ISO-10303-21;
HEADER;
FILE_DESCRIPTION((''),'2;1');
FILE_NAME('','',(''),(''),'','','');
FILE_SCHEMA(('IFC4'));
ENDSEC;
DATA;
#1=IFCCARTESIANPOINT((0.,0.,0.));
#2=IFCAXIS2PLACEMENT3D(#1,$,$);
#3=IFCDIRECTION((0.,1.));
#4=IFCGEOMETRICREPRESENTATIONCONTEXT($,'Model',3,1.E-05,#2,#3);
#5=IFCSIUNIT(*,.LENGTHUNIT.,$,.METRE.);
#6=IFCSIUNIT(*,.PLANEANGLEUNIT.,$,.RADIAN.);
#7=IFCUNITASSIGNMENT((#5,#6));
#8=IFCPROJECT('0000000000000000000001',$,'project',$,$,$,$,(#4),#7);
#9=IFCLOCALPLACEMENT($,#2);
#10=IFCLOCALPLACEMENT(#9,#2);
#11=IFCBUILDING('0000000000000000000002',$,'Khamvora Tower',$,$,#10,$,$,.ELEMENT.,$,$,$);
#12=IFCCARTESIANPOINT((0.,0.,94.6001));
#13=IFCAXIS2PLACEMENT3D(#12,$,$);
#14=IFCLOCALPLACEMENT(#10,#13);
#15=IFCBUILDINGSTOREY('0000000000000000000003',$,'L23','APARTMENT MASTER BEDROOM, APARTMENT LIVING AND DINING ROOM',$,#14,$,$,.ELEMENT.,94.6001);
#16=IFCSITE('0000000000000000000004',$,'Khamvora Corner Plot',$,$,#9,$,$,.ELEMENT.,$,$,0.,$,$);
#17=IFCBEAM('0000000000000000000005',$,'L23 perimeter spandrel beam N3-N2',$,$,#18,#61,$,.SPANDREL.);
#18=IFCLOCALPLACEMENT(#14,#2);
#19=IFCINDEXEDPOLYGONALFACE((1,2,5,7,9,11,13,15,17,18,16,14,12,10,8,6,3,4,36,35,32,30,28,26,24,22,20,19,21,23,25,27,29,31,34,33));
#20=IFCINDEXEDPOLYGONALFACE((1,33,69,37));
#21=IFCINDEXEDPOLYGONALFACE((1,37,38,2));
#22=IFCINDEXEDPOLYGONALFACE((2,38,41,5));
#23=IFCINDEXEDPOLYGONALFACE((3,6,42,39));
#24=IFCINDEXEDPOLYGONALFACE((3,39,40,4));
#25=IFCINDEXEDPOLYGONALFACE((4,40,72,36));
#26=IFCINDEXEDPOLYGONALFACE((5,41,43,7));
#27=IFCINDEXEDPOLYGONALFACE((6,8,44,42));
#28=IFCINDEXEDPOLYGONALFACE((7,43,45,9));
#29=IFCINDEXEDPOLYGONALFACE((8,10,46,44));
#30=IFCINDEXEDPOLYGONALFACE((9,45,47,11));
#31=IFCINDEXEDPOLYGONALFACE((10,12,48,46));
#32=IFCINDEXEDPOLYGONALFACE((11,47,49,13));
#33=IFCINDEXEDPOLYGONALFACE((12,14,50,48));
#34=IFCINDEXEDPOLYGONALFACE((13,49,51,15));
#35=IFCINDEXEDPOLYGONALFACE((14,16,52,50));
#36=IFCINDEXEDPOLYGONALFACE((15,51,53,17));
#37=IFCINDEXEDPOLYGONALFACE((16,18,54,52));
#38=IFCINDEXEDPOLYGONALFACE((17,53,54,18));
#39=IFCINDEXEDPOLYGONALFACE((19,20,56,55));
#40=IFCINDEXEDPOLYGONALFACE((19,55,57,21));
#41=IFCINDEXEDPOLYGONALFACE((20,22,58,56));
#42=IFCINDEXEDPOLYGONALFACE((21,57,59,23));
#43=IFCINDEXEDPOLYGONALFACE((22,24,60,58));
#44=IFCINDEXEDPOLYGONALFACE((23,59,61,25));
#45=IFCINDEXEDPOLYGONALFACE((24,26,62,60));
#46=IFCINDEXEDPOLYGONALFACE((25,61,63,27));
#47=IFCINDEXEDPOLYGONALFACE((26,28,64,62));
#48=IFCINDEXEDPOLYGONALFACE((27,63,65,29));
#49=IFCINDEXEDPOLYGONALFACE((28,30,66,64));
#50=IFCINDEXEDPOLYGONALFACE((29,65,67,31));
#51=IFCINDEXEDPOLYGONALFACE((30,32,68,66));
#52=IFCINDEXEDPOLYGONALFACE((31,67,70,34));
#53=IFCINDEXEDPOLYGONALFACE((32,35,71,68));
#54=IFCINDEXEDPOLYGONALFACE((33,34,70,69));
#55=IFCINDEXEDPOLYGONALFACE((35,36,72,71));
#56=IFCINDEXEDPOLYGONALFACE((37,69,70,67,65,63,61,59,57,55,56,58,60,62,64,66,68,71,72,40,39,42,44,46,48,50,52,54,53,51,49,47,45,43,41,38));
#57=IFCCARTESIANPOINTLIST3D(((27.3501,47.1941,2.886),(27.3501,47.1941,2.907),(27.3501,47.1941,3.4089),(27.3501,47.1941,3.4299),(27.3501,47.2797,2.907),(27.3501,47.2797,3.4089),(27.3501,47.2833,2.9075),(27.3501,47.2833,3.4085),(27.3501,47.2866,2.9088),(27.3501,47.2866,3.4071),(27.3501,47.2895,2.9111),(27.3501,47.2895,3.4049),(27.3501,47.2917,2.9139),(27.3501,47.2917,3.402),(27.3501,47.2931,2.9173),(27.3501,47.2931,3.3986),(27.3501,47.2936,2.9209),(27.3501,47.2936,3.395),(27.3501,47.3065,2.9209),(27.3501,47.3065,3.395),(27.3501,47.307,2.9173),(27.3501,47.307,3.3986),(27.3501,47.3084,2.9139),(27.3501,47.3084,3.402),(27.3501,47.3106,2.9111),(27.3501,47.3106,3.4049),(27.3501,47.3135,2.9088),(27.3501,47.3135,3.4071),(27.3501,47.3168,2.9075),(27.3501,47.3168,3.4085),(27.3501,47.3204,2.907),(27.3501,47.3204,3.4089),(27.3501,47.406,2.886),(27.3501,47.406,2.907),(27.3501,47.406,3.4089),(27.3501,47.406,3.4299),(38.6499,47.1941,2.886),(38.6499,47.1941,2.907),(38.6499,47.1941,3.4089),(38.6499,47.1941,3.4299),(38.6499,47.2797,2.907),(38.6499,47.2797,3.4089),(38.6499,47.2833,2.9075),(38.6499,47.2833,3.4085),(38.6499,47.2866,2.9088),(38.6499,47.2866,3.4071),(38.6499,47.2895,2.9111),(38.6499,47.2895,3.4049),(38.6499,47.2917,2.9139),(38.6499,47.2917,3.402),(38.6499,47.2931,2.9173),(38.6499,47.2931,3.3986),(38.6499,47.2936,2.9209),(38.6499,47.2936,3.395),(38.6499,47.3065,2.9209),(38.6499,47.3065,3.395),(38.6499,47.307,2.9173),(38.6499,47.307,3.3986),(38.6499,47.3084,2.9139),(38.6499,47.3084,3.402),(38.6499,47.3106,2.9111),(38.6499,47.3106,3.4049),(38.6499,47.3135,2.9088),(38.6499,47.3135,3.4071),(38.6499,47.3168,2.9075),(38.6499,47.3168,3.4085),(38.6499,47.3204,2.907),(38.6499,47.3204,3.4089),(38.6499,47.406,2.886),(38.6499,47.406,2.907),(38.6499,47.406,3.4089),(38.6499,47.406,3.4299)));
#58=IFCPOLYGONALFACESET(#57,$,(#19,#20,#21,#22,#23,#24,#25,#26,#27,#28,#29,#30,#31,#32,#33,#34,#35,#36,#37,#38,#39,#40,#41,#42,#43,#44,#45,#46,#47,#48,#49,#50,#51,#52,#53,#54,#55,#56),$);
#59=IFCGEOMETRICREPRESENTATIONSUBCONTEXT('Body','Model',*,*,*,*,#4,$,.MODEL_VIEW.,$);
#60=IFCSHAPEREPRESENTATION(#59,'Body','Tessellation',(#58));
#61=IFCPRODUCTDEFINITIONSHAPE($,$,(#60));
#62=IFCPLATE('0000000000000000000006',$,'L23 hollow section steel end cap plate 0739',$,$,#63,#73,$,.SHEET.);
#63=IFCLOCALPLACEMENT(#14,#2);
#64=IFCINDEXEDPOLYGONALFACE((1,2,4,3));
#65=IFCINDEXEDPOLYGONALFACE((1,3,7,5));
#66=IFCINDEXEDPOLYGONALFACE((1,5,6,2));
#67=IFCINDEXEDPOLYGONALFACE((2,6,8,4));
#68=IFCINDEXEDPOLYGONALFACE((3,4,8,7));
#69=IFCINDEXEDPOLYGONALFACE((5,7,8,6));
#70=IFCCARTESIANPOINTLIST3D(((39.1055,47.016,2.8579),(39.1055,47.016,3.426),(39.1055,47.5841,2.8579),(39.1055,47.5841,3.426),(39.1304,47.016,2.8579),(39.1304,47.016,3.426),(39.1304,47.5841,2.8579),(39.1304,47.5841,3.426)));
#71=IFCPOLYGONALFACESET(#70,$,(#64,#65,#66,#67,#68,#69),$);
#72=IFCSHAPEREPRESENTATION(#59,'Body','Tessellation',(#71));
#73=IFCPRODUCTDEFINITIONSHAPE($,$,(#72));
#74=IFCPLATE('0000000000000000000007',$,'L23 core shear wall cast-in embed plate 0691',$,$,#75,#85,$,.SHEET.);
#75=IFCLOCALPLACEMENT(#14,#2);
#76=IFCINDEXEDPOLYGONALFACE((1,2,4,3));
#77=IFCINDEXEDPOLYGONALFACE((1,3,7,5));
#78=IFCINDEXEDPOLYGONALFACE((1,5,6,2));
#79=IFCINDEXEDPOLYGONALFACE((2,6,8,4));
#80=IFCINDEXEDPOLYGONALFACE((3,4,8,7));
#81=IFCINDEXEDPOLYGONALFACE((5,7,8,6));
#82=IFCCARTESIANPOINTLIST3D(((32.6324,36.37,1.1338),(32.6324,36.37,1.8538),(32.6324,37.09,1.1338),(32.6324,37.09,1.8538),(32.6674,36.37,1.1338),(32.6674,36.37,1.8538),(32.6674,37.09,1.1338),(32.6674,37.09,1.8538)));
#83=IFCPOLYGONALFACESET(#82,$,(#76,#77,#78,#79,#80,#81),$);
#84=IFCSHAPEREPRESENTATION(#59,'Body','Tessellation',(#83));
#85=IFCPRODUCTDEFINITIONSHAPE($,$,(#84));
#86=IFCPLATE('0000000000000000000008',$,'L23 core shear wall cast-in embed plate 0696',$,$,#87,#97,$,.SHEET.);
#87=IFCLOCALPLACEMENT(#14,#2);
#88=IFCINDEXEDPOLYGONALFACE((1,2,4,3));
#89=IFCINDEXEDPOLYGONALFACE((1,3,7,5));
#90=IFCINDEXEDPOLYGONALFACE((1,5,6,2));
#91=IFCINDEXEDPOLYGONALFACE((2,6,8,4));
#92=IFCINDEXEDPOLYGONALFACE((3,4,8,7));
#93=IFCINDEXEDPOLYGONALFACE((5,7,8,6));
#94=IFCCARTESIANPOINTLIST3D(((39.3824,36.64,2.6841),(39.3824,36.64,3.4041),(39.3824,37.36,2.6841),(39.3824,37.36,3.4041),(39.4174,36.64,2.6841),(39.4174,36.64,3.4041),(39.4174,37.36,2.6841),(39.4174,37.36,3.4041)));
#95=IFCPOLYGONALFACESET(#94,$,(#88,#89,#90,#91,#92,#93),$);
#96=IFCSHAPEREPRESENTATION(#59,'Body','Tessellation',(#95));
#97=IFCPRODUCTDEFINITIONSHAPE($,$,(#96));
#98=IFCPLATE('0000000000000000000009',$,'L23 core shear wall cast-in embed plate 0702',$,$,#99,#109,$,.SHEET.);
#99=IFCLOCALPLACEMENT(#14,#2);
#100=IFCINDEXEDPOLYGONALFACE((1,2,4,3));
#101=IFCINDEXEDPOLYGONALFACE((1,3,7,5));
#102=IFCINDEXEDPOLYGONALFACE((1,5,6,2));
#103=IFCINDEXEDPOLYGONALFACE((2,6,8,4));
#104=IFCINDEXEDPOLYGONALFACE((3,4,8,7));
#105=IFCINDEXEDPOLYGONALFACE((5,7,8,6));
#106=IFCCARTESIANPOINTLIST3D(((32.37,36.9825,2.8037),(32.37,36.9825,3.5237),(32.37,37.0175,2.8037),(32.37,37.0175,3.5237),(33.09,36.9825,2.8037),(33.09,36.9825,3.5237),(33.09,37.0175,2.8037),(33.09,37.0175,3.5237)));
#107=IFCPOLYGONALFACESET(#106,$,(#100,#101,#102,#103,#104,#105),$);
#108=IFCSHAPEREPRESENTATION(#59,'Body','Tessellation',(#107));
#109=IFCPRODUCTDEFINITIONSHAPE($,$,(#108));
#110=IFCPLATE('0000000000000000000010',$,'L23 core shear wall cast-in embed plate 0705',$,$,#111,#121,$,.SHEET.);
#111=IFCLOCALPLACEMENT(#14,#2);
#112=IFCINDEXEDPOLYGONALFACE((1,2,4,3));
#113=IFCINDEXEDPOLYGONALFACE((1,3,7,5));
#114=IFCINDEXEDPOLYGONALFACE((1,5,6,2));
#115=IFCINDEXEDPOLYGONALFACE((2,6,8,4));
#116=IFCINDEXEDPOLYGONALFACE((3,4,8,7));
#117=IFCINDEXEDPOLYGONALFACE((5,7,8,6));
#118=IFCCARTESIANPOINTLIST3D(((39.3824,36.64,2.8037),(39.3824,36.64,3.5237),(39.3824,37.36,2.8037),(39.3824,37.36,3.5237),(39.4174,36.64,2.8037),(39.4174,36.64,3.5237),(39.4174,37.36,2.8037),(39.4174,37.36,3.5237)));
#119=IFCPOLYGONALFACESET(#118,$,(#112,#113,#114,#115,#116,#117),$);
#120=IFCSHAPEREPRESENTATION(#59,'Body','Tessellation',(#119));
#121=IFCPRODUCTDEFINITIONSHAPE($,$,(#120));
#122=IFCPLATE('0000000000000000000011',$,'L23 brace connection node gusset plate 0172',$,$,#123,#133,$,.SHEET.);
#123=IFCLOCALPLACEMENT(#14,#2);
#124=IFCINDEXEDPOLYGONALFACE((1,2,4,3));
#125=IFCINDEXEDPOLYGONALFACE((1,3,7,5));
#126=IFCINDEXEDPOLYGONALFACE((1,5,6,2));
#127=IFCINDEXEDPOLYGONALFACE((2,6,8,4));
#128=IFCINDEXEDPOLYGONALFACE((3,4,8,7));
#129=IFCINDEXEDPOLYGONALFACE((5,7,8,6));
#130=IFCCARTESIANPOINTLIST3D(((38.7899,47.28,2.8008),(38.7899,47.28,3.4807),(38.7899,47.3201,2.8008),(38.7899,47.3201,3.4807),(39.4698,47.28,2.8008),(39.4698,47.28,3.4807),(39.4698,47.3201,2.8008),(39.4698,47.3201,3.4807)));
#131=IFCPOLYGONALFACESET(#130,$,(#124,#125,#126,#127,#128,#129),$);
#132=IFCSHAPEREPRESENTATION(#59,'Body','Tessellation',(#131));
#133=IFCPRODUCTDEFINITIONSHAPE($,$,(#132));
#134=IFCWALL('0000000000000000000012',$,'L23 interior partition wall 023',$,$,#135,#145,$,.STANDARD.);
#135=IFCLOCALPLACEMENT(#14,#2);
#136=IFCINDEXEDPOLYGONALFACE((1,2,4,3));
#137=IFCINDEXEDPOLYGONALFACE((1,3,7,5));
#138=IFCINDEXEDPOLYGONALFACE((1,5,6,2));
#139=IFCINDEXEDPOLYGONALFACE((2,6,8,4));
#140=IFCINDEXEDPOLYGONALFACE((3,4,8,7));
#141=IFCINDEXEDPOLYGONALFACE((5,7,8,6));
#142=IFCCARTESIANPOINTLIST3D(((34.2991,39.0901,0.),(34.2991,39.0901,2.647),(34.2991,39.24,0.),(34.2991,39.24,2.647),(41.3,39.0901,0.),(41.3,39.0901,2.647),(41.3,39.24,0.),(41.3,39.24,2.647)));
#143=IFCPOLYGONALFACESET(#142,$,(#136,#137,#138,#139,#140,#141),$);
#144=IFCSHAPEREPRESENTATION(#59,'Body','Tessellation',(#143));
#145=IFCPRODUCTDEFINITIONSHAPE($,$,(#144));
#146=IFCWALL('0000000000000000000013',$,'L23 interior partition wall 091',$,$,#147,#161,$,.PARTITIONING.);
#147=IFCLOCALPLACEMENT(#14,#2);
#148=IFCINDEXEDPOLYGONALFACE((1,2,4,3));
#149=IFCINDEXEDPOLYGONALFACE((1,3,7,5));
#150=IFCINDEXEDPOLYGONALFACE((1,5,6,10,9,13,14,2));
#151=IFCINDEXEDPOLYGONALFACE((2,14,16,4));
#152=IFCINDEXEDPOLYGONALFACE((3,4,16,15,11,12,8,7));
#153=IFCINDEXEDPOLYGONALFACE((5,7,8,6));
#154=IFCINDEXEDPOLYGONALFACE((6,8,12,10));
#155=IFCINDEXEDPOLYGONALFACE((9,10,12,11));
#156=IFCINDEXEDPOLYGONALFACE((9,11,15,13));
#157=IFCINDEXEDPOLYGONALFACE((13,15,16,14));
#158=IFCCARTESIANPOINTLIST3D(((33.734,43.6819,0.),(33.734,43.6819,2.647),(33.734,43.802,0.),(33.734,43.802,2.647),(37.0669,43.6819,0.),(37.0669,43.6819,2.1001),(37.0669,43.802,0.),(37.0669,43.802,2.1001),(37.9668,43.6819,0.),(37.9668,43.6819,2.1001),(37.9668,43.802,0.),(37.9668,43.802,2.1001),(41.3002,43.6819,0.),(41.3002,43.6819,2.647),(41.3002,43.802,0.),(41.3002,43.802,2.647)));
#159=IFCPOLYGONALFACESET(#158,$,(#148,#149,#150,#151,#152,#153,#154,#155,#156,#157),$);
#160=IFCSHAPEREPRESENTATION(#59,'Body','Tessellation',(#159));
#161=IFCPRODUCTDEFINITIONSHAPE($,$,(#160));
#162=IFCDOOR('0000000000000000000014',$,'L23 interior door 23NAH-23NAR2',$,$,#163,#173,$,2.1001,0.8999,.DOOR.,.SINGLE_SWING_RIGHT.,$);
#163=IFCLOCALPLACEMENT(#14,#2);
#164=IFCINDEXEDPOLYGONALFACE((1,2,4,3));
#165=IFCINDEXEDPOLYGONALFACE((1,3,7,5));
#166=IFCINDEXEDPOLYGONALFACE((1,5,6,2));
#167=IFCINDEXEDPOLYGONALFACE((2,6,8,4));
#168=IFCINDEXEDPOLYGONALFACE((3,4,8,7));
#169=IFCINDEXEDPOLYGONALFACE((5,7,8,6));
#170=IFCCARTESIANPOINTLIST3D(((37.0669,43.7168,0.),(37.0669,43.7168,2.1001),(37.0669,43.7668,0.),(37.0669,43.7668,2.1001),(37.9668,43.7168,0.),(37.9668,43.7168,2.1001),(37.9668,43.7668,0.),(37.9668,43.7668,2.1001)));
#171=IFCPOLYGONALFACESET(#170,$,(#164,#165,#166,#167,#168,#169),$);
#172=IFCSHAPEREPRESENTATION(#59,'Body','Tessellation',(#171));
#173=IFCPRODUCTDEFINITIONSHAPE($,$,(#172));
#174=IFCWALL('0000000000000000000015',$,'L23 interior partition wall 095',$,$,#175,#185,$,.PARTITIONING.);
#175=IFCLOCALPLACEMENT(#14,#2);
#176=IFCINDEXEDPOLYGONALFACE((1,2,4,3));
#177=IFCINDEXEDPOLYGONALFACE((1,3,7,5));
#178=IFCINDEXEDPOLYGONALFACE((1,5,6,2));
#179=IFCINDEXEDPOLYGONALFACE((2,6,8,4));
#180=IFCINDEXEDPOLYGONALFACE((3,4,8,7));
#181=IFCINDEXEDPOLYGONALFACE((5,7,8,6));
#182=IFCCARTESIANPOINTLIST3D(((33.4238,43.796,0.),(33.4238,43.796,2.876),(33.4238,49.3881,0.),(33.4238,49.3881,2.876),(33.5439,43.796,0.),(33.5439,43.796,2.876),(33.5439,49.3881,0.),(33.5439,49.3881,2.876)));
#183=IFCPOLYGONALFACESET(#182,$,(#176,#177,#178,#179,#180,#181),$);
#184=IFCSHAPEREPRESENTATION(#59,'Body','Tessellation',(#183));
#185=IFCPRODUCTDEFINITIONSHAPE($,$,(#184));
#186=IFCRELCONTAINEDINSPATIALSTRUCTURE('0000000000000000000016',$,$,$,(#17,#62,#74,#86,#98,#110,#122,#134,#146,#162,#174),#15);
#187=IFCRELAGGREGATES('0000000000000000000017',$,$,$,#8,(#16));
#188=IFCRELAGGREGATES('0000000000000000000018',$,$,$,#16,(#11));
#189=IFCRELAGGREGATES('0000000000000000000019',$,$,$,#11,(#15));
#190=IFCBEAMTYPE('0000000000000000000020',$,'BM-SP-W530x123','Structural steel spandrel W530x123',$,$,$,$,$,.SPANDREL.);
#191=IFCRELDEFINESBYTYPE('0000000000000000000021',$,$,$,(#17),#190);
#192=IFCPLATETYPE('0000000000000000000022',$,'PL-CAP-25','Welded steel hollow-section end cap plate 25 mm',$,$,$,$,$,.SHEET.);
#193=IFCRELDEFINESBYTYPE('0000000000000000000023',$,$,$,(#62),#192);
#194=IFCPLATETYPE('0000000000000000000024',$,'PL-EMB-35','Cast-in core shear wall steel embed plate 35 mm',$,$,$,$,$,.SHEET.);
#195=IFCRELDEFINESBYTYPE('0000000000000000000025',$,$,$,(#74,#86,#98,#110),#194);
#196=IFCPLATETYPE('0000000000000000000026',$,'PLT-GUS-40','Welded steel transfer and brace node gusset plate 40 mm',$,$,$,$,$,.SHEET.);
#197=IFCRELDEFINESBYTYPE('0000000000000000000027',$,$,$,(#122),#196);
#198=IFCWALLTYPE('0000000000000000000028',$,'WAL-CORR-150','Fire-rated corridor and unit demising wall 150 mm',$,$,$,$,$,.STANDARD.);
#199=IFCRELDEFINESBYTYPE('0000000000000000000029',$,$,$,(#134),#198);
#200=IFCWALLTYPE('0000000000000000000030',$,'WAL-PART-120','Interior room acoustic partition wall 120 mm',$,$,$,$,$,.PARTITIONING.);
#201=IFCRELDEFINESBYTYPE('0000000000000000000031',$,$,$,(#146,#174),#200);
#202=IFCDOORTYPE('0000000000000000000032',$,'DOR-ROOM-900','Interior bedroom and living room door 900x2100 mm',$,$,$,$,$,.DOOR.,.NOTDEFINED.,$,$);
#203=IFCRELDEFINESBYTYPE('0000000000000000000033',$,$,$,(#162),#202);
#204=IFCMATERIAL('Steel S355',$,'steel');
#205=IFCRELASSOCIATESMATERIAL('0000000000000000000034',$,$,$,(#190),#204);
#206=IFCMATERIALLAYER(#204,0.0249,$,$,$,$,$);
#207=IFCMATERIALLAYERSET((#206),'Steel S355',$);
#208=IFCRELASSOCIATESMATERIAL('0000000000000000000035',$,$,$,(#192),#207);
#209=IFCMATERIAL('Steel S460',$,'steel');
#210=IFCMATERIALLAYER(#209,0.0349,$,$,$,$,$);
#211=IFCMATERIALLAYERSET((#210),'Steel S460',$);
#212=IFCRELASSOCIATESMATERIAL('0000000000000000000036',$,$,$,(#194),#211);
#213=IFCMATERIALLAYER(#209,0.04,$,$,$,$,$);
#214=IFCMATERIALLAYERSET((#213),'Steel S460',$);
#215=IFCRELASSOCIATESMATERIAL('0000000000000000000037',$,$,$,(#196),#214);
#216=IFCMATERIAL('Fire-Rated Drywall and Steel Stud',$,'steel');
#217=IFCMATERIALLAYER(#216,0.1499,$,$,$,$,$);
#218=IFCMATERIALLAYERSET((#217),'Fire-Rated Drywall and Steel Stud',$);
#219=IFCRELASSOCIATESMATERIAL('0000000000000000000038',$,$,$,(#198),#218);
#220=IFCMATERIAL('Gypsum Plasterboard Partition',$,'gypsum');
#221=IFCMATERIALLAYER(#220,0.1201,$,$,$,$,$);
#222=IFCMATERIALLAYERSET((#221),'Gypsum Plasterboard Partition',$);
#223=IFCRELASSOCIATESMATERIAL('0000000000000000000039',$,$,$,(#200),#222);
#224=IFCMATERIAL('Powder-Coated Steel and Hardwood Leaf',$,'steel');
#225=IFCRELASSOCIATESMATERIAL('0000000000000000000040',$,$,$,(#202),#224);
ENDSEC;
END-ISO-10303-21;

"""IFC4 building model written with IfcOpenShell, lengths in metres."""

from ifc_helpers import new_model, si_unit, direction, frame, frame_2d, origin, origin_2d, place, context, subcontext, project, spatial, rectangle, i_section, extrude, material, layer, layer_set, material_profile, profile_set, type_object, element, fill, save


model = new_model("IFC4")

# Units and contexts
model_context = context("Model", 3, precision=1e-05, world=origin(), true_north=direction((0.0, 1.0)))
body_context = subcontext(model_context, "Body", "Model", "MODEL_VIEW")
ifc_project = project(units=[si_unit("LENGTHUNIT", "METRE"), si_unit("PLANEANGLEUNIT", "RADIAN")], contexts=[model_context])

# Site, building, storey
site_placement = place(None, origin())
site = spatial("IfcSite", under=ifc_project, at=site_placement, Name="Khamvora Corner Plot", CompositionType="ELEMENT", RefElevation=0.0)
building_placement = place(site_placement, origin())
building = spatial("IfcBuilding", under=site, at=building_placement, Name="Khamvora Tower", CompositionType="ELEMENT")
storey_placement = place(building_placement, frame((0.0, 0.0, 94.6001)))
storey = spatial("IfcBuildingStorey", under=building, at=storey_placement, Name="L23", Description="APARTMENT MASTER BEDROOM, APARTMENT LIVING AND DINING ROOM", CompositionType="ELEMENT", Elevation=94.6001)

# Shared definitions
ifc_material_1 = material(Name="Steel S355", Category="steel")
ifc_material_2 = material(Name="Steel S460", Category="steel")

# Beam
ifc_material_profile_1 = material_profile(ifc_material_1, i_section(OverallWidth=0.2119, OverallDepth=0.5439, WebThickness=0.0129, FlangeThickness=0.021, FilletRadius=0.0139, at=origin_2d()), Name="W530x123")
ifc_profile_set_1 = profile_set([ifc_material_profile_1], Name="Steel S355")
beam_type_1 = type_object("IfcBeamType", Name="BM-SP-W530x123", Description="Structural steel spandrel W530x123", PredefinedType="SPANDREL", material=ifc_profile_set_1)
beam_1_placement = place(storey_placement, frame((38.6499, 47.3, 3.158), z_axis=(-1.0, 0.0, 0.0), x_axis=(0.0, -1.0, 0.0)))
element("IfcBeam", 1, at=beam_1_placement, inside=storey, type_object=beam_type_1, Name="L23 perimeter spandrel beam N3-N2", PredefinedType="SPANDREL", context=body_context, shape_type="SweptSolid", body=[
    extrude(i_section(OverallWidth=0.2119, OverallDepth=0.5439, WebThickness=0.0129, FlangeThickness=0.021, FilletRadius=0.0139, at=origin_2d()), origin(), (0.0, 0.0, 1.0), 11.2998),
])

# Plates
ifc_layer_1 = layer(ifc_material_1, 0.0249)
ifc_layer_set_1 = layer_set([ifc_layer_1], Name="Steel S355")
plate_type_1 = type_object("IfcPlateType", Name="PL-CAP-25", Description="Welded steel hollow-section end cap plate 25 mm", PredefinedType="SHEET", material=ifc_layer_set_1)
plate_1_placement = place(storey_placement, frame((39.1179, 47.3, 2.8579), z_axis=(0.0, 0.0, 1.0), x_axis=(-1.0, 0.0, 0.0)))
element("IfcPlate", 2, at=plate_1_placement, inside=storey, type_object=plate_type_1, Name="L23 hollow section steel end cap plate 0739", PredefinedType="SHEET", context=body_context, shape_type="SweptSolid", body=[
    extrude(rectangle(XDim=0.0249, YDim=0.5681, at=origin_2d()), origin(), (0.0, 0.0, 1.0), 0.5681),
])
ifc_layer_2 = layer(ifc_material_2, 0.0349)
ifc_layer_set_2 = layer_set([ifc_layer_2], Name="Steel S460")
plate_type_2 = type_object("IfcPlateType", Name="PL-EMB-35", Description="Cast-in core shear wall steel embed plate 35 mm", PredefinedType="SHEET", material=ifc_layer_set_2)
for number, where, z_axis, x_axis, name in (
    (3, (32.6499, 36.73, 1.1338), (0.0, 0.0, 1.0), (1.0, 0.0, 0.0), "L23 core shear wall cast-in embed plate 0691"),
    (4, (39.3999, 37.0, 2.6841), (0.0, 0.0, 1.0), (1.0, 0.0, 0.0), "L23 core shear wall cast-in embed plate 0696"),
):
    element("IfcPlate", number, at=place(storey_placement, frame(where, z_axis=z_axis, x_axis=x_axis)), inside=storey, type_object=plate_type_2, Name=name, PredefinedType="SHEET", context=body_context, shape_type="SweptSolid", body=[
        extrude(rectangle(XDim=0.0349, YDim=0.72, at=origin_2d()), origin(), (0.0, 0.0, 1.0), 0.72),
    ])
plate_2_placement = place(storey_placement, frame((32.73, 37.0, 2.8037), z_axis=(0.0, 0.0, 1.0), x_axis=(1.0, 0.0, 0.0)))
element("IfcPlate", 5, at=plate_2_placement, inside=storey, type_object=plate_type_2, Name="L23 core shear wall cast-in embed plate 0702", PredefinedType="SHEET", context=body_context, shape_type="SweptSolid", body=[
    extrude(rectangle(XDim=0.72, YDim=0.0349, at=origin_2d()), origin(), (0.0, 0.0, 1.0), 0.72),
])
plate_3_placement = place(storey_placement, frame((39.3999, 37.0, 2.8037), z_axis=(0.0, 0.0, 1.0), x_axis=(1.0, 0.0, 0.0)))
element("IfcPlate", 6, at=plate_3_placement, inside=storey, type_object=plate_type_2, Name="L23 core shear wall cast-in embed plate 0705", PredefinedType="SHEET", context=body_context, shape_type="SweptSolid", body=[
    extrude(rectangle(XDim=0.0349, YDim=0.72, at=origin_2d()), origin(), (0.0, 0.0, 1.0), 0.72),
])
ifc_layer_3 = layer(ifc_material_2, 0.04)
ifc_layer_set_3 = layer_set([ifc_layer_3], Name="Steel S460")
plate_type_3 = type_object("IfcPlateType", Name="PLT-GUS-40", Description="Welded steel transfer and brace node gusset plate 40 mm", PredefinedType="SHEET", material=ifc_layer_set_3)
plate_4_placement = place(storey_placement, frame((39.1299, 47.3, 2.8008), z_axis=(0.0, 0.0, 1.0), x_axis=(1.0, 0.0, 0.0)))
element("IfcPlate", 7, at=plate_4_placement, inside=storey, type_object=plate_type_3, Name="L23 brace connection node gusset plate 0172", PredefinedType="SHEET", context=body_context, shape_type="SweptSolid", body=[
    extrude(rectangle(XDim=0.6799, YDim=0.04, at=origin_2d()), origin(), (0.0, 0.0, 1.0), 0.6799),
])

# Wall
ifc_material_3 = material(Name="Fire-Rated Drywall and Steel Stud", Category="steel")
ifc_layer_4 = layer(ifc_material_3, 0.1499)
ifc_layer_set_4 = layer_set([ifc_layer_4], Name="Fire-Rated Drywall and Steel Stud")
wall_type_1 = type_object("IfcWallType", Name="WAL-CORR-150", Description="Fire-rated corridor and unit demising wall 150 mm", PredefinedType="STANDARD", material=ifc_layer_set_4)
wall_1_placement = place(storey_placement, frame((34.2991, 39.165, 0.0), z_axis=(0.0, 0.0, 1.0), x_axis=(1.0, 0.0, 0.0)))
element("IfcWall", 8, at=wall_1_placement, inside=storey, type_object=wall_type_1, Name="L23 interior partition wall 023", PredefinedType="STANDARD", context=body_context, shape_type="SweptSolid", body=[
    extrude(rectangle(XDim=7.001, YDim=0.1499, at=frame_2d((3.5005, 0.0))), origin(), (0.0, 0.0, 1.0), 2.647),
])

# Wall, opening, door
ifc_material_4 = material(Name="Gypsum Plasterboard Partition", Category="gypsum")
ifc_layer_5 = layer(ifc_material_4, 0.1201)
ifc_layer_set_5 = layer_set([ifc_layer_5], Name="Gypsum Plasterboard Partition")
wall_type_2 = type_object("IfcWallType", Name="WAL-PART-120", Description="Interior room acoustic partition wall 120 mm", PredefinedType="PARTITIONING", material=ifc_layer_set_5)
wall_2_placement = place(storey_placement, frame((33.7339, 43.7419, 0.0), z_axis=(0.0, 0.0, 1.0), x_axis=(1.0, 0.0, 0.0)))
wall_2 = element("IfcWall", 9, at=wall_2_placement, inside=storey, type_object=wall_type_2, Name="L23 interior partition wall 091", PredefinedType="PARTITIONING", context=body_context, shape_type="SweptSolid", body=[
    extrude(rectangle(XDim=7.5662, YDim=0.1201, at=frame_2d((3.7832, 0.0))), origin(), (0.0, 0.0, 1.0), 2.647),
])
opening_1_placement = place(wall_2_placement, frame((3.333, 0.0, 0.0)))
opening_1 = element("IfcOpeningElement", 10, at=opening_1_placement, cuts=wall_2, PredefinedType="OPENING", context=body_context, shape_type="SweptSolid", body=[
    extrude(rectangle(XDim=0.8999, YDim=2.1001, at=frame_2d((0.45, 1.05))), frame((0.0, 0.0701, 0.0), z_axis=(0.0, -1.0, 0.0), x_axis=(1.0, 0.0, 0.0)), (0.0, 0.0, 1.0), 0.1401),
])
ifc_material_5 = material(Name="Powder-Coated Steel and Hardwood Leaf", Category="steel")
door_type_1 = type_object("IfcDoorType", Name="DOR-ROOM-900", Description="Interior bedroom and living room door 900x2100 mm", OperationType="NOTDEFINED", PredefinedType="DOOR", material=ifc_material_5)
door_1_placement = place(opening_1_placement, origin())
door_1 = element("IfcDoor", 11, at=door_1_placement, inside=storey, type_object=door_type_1, Name="L23 interior door 23NAH-23NAR2", OperationType="SINGLE_SWING_RIGHT", OverallHeight=2.1001, OverallWidth=0.8999, PredefinedType="DOOR", context=body_context, shape_type="SweptSolid", body=[
    extrude(rectangle(XDim=0.8999, YDim=2.1001, at=frame_2d((0.45, 1.05))), frame((0.0, 0.0249, 0.0), z_axis=(0.0, -1.0, 0.0), x_axis=(1.0, 0.0, 0.0)), (0.0, 0.0, 1.0), 0.05),
])
fill(opening_1, door_1)

# Wall
wall_3_placement = place(storey_placement, frame((33.4839, 49.3879, 0.0), z_axis=(0.0, 0.0, 1.0), x_axis=(0.0, -1.0, 0.0)))
element("IfcWall", 12, at=wall_3_placement, inside=storey, type_object=wall_type_2, Name="L23 interior partition wall 095", PredefinedType="PARTITIONING", context=body_context, shape_type="SweptSolid", body=[
    extrude(rectangle(XDim=5.592, YDim=0.1201, at=frame_2d((2.7959, 0.0))), origin(), (0.0, 0.0, 1.0), 2.876),
])

save(model, "model.ifc")
